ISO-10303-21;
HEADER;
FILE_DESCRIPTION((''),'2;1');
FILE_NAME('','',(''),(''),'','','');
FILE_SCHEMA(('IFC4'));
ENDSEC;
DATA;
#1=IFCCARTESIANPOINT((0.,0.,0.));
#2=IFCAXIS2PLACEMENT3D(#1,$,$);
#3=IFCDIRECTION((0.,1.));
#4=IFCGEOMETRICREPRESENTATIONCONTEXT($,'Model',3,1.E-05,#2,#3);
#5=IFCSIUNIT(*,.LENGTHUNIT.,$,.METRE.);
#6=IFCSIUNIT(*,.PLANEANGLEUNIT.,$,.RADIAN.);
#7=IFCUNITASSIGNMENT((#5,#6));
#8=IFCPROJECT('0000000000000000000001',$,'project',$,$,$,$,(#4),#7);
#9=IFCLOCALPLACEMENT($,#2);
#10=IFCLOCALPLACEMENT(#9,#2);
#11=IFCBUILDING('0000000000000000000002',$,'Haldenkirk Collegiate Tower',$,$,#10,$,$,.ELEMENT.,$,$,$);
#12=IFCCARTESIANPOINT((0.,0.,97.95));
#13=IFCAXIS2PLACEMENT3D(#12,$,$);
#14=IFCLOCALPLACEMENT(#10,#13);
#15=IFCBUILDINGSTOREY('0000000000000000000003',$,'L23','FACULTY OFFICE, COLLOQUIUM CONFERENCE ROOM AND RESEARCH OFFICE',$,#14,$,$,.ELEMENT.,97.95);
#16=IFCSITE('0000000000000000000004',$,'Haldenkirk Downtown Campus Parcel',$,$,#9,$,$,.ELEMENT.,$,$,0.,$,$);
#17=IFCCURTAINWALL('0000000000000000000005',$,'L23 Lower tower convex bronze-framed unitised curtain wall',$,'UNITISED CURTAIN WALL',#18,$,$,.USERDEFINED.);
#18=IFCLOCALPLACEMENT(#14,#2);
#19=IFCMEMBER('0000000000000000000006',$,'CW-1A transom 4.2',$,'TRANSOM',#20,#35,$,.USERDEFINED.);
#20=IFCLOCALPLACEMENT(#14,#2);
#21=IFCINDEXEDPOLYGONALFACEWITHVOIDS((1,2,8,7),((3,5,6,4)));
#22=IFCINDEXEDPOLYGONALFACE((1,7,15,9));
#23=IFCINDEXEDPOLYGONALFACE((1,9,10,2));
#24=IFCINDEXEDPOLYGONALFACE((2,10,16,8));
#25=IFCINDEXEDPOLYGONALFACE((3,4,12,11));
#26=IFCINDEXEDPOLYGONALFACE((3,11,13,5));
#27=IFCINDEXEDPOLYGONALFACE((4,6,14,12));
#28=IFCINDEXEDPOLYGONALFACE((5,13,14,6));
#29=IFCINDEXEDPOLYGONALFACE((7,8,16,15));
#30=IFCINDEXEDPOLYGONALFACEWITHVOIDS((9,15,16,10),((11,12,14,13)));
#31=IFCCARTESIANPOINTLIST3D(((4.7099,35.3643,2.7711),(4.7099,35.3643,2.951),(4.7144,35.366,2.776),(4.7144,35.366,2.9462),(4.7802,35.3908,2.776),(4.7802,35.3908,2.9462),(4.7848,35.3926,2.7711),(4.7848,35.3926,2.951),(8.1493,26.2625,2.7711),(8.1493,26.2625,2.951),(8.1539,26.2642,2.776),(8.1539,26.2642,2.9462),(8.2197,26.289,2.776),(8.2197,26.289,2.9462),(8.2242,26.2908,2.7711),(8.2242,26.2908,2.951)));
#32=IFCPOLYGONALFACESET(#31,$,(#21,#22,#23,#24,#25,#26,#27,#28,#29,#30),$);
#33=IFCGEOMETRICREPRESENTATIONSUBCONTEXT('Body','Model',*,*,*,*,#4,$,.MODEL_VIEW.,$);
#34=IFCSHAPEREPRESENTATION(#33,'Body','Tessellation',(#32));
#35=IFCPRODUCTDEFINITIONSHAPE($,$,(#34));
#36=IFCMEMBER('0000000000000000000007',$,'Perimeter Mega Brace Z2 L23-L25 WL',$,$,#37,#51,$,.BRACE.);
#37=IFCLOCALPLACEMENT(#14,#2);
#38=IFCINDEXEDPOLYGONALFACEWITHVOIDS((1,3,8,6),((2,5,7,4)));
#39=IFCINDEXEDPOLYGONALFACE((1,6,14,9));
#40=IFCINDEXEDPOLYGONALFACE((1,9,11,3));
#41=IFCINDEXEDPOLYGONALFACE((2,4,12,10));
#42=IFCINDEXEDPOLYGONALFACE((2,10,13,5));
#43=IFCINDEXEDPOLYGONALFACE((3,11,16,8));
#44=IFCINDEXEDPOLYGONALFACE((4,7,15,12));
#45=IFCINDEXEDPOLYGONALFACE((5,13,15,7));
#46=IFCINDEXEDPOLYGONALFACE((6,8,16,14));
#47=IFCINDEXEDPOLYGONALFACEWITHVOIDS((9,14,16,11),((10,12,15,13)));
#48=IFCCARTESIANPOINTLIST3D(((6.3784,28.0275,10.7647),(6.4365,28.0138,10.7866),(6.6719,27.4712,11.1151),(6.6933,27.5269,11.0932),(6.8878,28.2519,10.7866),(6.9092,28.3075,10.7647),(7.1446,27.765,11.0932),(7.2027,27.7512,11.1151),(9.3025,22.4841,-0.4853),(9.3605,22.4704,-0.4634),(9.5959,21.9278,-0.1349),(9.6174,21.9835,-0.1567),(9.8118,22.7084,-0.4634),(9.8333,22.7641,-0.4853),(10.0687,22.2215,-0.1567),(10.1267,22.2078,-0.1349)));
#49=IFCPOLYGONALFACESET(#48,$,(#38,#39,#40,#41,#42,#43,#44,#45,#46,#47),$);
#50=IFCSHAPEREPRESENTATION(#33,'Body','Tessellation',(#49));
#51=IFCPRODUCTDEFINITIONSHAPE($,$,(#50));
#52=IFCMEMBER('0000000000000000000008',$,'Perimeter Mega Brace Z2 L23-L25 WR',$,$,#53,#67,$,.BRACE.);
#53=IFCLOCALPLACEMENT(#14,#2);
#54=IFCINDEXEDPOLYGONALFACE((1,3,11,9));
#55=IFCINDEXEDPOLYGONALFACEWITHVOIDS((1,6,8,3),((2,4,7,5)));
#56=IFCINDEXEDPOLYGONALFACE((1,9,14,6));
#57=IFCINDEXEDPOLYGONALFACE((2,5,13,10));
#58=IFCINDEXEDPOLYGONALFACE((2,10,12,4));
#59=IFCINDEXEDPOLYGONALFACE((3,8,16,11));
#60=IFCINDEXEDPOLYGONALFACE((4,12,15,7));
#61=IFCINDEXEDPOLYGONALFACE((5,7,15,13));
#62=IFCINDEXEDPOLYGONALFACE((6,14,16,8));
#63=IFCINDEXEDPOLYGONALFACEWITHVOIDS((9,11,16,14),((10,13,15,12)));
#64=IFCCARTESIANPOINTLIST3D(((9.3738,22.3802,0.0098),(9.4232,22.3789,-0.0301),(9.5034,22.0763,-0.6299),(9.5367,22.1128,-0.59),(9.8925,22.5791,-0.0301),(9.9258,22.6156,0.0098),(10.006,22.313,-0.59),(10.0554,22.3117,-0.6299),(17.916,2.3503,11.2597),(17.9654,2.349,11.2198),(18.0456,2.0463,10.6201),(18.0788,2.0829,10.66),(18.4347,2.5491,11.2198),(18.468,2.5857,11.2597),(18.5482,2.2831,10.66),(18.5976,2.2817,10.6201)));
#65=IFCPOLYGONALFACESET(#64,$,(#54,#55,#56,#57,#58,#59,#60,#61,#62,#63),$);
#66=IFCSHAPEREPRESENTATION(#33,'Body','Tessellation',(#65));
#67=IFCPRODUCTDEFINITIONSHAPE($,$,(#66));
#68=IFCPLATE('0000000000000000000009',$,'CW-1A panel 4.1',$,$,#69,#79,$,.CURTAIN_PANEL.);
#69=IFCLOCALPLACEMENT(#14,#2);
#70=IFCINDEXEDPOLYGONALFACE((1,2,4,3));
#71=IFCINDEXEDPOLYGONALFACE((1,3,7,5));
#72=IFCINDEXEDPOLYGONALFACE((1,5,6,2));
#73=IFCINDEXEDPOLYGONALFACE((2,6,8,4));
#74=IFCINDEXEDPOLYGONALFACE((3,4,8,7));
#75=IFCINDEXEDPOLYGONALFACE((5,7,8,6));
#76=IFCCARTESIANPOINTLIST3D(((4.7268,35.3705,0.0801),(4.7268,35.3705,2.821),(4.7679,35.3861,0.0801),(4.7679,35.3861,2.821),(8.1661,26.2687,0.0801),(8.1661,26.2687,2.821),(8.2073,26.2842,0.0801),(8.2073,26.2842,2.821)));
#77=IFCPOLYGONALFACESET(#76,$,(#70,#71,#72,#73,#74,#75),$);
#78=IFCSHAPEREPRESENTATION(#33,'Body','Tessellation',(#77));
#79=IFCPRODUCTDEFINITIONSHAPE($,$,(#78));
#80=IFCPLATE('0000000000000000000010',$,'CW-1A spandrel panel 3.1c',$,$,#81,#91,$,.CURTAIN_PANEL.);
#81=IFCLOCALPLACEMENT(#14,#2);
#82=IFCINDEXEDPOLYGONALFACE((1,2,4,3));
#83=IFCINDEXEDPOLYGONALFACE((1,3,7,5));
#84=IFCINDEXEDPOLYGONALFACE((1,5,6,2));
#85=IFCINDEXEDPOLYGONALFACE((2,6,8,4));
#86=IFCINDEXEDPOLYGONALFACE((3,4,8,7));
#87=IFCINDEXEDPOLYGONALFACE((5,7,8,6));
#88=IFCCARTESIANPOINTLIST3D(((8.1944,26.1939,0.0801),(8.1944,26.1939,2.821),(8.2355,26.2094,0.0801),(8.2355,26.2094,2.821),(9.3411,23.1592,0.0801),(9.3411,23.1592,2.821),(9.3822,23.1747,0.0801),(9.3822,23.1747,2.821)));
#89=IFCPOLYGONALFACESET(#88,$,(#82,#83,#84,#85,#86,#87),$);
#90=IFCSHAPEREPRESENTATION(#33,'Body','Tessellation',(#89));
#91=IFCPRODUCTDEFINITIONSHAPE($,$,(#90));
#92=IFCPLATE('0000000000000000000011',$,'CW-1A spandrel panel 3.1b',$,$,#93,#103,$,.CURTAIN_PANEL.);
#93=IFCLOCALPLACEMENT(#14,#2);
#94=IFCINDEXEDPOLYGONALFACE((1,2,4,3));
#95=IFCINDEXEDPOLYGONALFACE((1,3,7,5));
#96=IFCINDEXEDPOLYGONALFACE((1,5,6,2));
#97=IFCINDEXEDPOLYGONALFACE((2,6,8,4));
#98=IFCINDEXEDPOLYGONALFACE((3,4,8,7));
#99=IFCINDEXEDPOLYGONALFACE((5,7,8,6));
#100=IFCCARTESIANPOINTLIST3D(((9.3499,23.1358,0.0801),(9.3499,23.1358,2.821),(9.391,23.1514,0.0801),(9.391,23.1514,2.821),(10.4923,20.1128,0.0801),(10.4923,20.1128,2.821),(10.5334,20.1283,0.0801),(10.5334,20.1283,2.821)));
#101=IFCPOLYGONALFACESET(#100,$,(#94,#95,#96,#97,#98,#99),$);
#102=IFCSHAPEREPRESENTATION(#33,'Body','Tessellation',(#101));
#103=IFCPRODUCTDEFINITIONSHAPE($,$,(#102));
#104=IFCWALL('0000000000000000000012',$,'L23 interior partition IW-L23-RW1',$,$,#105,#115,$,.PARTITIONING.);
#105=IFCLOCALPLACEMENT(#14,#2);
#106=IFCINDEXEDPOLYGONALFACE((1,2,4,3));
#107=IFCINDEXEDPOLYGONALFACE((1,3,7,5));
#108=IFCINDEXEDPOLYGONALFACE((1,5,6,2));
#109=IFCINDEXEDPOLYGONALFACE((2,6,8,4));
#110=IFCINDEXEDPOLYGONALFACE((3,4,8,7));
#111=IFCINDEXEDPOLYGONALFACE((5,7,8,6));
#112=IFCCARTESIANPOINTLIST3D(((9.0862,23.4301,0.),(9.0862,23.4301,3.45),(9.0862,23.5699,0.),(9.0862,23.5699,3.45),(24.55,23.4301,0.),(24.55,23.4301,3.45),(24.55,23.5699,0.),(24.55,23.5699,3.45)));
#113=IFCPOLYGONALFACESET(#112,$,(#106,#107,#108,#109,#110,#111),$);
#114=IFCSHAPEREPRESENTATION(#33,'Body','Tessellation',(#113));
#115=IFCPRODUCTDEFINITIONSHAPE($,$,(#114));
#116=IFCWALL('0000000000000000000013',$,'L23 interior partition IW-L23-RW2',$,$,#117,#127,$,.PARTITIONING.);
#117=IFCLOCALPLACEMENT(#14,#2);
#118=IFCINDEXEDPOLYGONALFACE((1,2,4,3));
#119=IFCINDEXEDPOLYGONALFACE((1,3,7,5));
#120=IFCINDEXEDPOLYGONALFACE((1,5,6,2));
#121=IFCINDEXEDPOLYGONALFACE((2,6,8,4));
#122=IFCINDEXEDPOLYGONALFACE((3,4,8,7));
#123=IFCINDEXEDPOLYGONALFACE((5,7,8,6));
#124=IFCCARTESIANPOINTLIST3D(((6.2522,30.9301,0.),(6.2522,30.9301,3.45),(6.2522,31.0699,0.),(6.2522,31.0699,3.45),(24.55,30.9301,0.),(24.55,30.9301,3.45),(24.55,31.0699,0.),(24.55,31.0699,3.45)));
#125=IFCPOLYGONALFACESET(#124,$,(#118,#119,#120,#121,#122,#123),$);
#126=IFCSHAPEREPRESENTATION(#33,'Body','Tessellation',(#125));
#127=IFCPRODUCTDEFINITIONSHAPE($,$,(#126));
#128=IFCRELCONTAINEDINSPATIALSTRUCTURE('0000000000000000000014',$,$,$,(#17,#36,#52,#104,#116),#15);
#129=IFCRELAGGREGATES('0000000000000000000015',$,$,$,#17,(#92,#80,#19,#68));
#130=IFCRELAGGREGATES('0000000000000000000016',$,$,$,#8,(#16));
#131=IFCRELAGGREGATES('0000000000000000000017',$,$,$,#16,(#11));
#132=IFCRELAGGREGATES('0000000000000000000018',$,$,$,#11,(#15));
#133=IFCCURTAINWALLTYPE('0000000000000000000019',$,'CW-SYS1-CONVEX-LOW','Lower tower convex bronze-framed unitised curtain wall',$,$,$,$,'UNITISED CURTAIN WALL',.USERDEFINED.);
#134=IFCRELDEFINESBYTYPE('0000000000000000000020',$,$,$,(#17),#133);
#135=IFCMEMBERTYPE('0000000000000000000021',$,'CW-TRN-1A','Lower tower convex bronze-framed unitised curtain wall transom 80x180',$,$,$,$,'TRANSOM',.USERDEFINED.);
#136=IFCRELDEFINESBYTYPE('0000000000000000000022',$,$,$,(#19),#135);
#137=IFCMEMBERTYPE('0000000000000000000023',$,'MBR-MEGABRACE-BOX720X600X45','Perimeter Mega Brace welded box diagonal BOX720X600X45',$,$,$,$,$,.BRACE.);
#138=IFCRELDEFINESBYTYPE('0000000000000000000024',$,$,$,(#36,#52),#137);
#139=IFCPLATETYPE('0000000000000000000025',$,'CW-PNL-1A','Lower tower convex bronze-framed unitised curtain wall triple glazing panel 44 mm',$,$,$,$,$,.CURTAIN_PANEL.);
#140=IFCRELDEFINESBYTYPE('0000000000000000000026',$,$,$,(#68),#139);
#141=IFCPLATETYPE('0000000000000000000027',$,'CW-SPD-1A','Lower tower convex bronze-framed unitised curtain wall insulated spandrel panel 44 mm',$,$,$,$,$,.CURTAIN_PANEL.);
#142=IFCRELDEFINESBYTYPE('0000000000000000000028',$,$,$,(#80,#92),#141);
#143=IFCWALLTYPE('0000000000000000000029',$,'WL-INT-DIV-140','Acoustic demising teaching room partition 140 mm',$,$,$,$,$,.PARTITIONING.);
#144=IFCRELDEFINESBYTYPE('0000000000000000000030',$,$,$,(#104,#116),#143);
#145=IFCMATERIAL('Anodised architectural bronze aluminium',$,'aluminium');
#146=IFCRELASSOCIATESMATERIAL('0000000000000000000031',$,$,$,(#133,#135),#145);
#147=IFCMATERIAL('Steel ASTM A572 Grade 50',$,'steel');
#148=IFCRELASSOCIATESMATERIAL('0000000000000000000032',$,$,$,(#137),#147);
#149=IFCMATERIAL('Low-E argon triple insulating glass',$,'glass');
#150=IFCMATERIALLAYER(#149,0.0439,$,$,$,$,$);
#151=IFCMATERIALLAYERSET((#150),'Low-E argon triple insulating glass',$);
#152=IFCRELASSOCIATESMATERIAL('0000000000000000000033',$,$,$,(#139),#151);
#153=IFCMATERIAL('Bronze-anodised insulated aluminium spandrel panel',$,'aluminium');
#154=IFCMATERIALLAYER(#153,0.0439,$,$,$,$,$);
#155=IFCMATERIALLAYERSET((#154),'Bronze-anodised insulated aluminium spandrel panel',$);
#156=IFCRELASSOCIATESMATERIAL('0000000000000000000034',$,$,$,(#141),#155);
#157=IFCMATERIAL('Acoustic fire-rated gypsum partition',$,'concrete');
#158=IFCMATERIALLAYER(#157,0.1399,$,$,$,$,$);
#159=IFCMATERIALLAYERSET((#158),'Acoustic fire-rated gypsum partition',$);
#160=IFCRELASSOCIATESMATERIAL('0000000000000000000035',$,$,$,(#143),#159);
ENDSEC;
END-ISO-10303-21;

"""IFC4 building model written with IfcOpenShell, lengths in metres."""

from ifc_helpers import new_model, si_unit, direction, frame, frame_2d, origin, origin_2d, place, context, subcontext, project, spatial, rectangle, hollow_rectangle, extrude, source, transform, mapped, material, layer, layer_set, material_profile, profile_set, type_object, element, aggregate, save


model = new_model("IFC4")

# Units and contexts
model_context = context("Model", 3, precision=1e-05, world=origin(), true_north=direction((0.0, 1.0)))
body_context = subcontext(model_context, "Body", "Model", "MODEL_VIEW")
ifc_project = project(units=[si_unit("LENGTHUNIT", "METRE"), si_unit("PLANEANGLEUNIT", "RADIAN")], contexts=[model_context])

# Site, building, storey
site_placement = place(None, origin())
site = spatial("IfcSite", under=ifc_project, at=site_placement, Name="Haldenkirk Downtown Campus Parcel", CompositionType="ELEMENT", RefElevation=0.0)
building_placement = place(site_placement, origin())
building = spatial("IfcBuilding", under=site, at=building_placement, Name="Haldenkirk Collegiate Tower", CompositionType="ELEMENT")
storey_placement = place(building_placement, frame((0.0, 0.0, 97.95)))
storey = spatial("IfcBuildingStorey", under=building, at=storey_placement, Name="L23", Description="FACULTY OFFICE, COLLOQUIUM CONFERENCE ROOM AND RESEARCH OFFICE", CompositionType="ELEMENT", Elevation=97.95)

# Curtain wall, member
ifc_material_1 = material(Name="Anodised architectural bronze aluminium", Category="aluminium")
curtain_wall_type = type_object("IfcCurtainWallType", Name="CW-SYS1-CONVEX-LOW", Description="Lower tower convex bronze-framed unitised curtain wall", ElementType="UNITISED CURTAIN WALL", PredefinedType="USERDEFINED", material=ifc_material_1)
curtain_wall_placement = place(storey_placement, origin())
curtain_wall = element("IfcCurtainWall", 1, at=curtain_wall_placement, inside=storey, type_object=curtain_wall_type, Name="L23 Lower tower convex bronze-framed unitised curtain wall", ObjectType="UNITISED CURTAIN WALL", PredefinedType="USERDEFINED")
ifc_material_profile_1 = material_profile(ifc_material_1, hollow_rectangle(XDim=0.0801, YDim=0.1799, WallThickness=0.0049, at=origin_2d()), Name="CW-TRN-1A")
ifc_profile_set_1 = profile_set([ifc_material_profile_1], Name="Anodised architectural bronze aluminium")
member_type_1 = type_object("IfcMemberType", Name="CW-TRN-1A", Description="Lower tower convex bronze-framed unitised curtain wall transom 80x180", ElementType="TRANSOM", PredefinedType="USERDEFINED", material=ifc_profile_set_1)
member_1_placement = place(storey_placement, frame((8.1868, 26.2766, 2.8611), z_axis=(-0.35349, 0.935438, 0.0), x_axis=(-0.935438, -0.35349, 0.0)))
member_1 = element("IfcMember", 2, at=member_1_placement, type_object=member_type_1, Name="CW-1A transom 4.2", ObjectType="TRANSOM", PredefinedType="USERDEFINED", context=body_context, shape_type="SweptSolid", body=[
    extrude(hollow_rectangle(XDim=0.0801, YDim=0.1799, WallThickness=0.0049, at=origin_2d()), origin(), (0.0, 0.0, 1.0), 9.73),
])

# Members
ifc_material_2 = material(Name="Steel ASTM A572 Grade 50", Category="steel")
ifc_material_profile_2 = material_profile(ifc_material_2, hollow_rectangle(XDim=0.6001, YDim=0.72, WallThickness=0.0449, at=origin_2d()), Name="BOX720X600X45")
ifc_profile_set_2 = profile_set([ifc_material_profile_2], Name="Steel ASTM A572 Grade 50")
member_type_2 = type_object("IfcMemberType", Name="MBR-MEGABRACE-BOX720X600X45", Description="Perimeter Mega Brace welded box diagonal BOX720X600X45", PredefinedType="BRACE", material=ifc_profile_set_2)
member_2_placement = place(storey_placement, frame((9.7146, 22.3459, -0.3101), z_axis=(-0.22706, 0.43046, 0.873584), x_axis=(-0.884493, -0.466554, 0.0)))
element("IfcMember", 3, at=member_2_placement, inside=storey, type_object=member_type_2, Name="Perimeter Mega Brace Z2 L23-L25 WL", PredefinedType="BRACE", context=body_context, shape_type="SweptSolid", body=[
    extrude(hollow_rectangle(XDim=0.6001, YDim=0.72, WallThickness=0.0449, at=origin_2d()), origin(), (0.0, 0.0, 1.0), 12.8779),
])
member_3_placement = place(storey_placement, frame((9.7146, 22.3459, -0.3101), z_axis=(0.348522, -0.817223, 0.458999), x_axis=(0.919843, 0.392287, 0.0)))
element("IfcMember", 4, at=member_3_placement, inside=storey, type_object=member_type_2, Name="Perimeter Mega Brace Z2 L23-L25 WR", PredefinedType="BRACE", context=body_context, shape_type="SweptSolid", body=[
    extrude(hollow_rectangle(XDim=0.6001, YDim=0.72, WallThickness=0.0449, at=origin_2d()), origin(), (0.0, 0.0, 1.0), 24.5098),
])

# Plates
ifc_material_3 = material(Name="Low-E argon triple insulating glass", Category="glass")
ifc_layer_1 = layer(ifc_material_3, 0.0439)
ifc_layer_set_1 = layer_set([ifc_layer_1], Name="Low-E argon triple insulating glass")
plate_type_1 = type_object("IfcPlateType", Name="CW-PNL-1A", Description="Lower tower convex bronze-framed unitised curtain wall triple glazing panel 44 mm", PredefinedType="CURTAIN_PANEL", material=ifc_layer_set_1)
shared_shape_1 = source(origin(), body_context, "Body", "SweptSolid", [
    extrude(rectangle(XDim=9.73, YDim=0.0439, at=origin_2d()), origin(), (0.0, 0.0, 1.0), 2.741),
])
plate_1_placement = place(storey_placement, frame((6.467, 30.8274, 0.0801), z_axis=(0.0, 0.0, 1.0), x_axis=(-0.353477, 0.935443, 0.0)))
plate_1 = element("IfcPlate", 5, at=plate_1_placement, type_object=plate_type_1, Name="CW-1A panel 4.1", PredefinedType="CURTAIN_PANEL", context=body_context, shape_type="MappedRepresentation", body=[
    mapped(shared_shape_1, transform((0.0, 0.0, 0.0), x_axis=(1.0, 0.0, 0.0), y_axis=(0.0, 1.0, 0.0), z_axis=(0.0, 0.0, 1.0), scale=1.0)),
])
ifc_material_4 = material(Name="Bronze-anodised insulated aluminium spandrel panel", Category="aluminium")
ifc_layer_2 = layer(ifc_material_4, 0.0439)
ifc_layer_set_2 = layer_set([ifc_layer_2], Name="Bronze-anodised insulated aluminium spandrel panel")
plate_type_2 = type_object("IfcPlateType", Name="CW-SPD-1A", Description="Lower tower convex bronze-framed unitised curtain wall insulated spandrel panel 44 mm", PredefinedType="CURTAIN_PANEL", material=ifc_layer_set_2)
shared_shape_2 = source(origin(), body_context, "Body", "SweptSolid", [
    extrude(rectangle(XDim=3.2441, YDim=0.0439, at=origin_2d()), origin(), (0.0, 0.0, 1.0), 2.741),
])
plate_2_placement = place(storey_placement, frame((8.7883, 24.6843, 0.0801), z_axis=(0.0, 0.0, 1.0), x_axis=(-0.353477, 0.935443, 0.0)))
plate_2 = element("IfcPlate", 6, at=plate_2_placement, type_object=plate_type_2, Name="CW-1A spandrel panel 3.1c", PredefinedType="CURTAIN_PANEL", context=body_context, shape_type="MappedRepresentation", body=[
    mapped(shared_shape_2, transform((0.0, 0.0, 0.0), x_axis=(1.0, 0.0, 0.0), y_axis=(0.0, 1.0, 0.0), z_axis=(0.0, 0.0, 1.0), scale=1.0)),
])
shared_shape_3 = source(origin(), body_context, "Body", "SweptSolid", [
    extrude(rectangle(XDim=3.2317, YDim=0.0439, at=origin_2d()), origin(), (0.0, 0.0, 1.0), 2.741),
])
plate_3_placement = place(storey_placement, frame((9.9417, 21.6321, 0.0801), z_axis=(0.0, 0.0, 1.0), x_axis=(-0.353477, 0.935443, 0.0)))
plate_3 = element("IfcPlate", 7, at=plate_3_placement, type_object=plate_type_2, Name="CW-1A spandrel panel 3.1b", PredefinedType="CURTAIN_PANEL", context=body_context, shape_type="MappedRepresentation", body=[
    mapped(shared_shape_3, transform((0.0, 0.0, 0.0), x_axis=(1.0, 0.0, 0.0), y_axis=(0.0, 1.0, 0.0), z_axis=(0.0, 0.0, 1.0), scale=1.0)),
])
aggregate(curtain_wall, [plate_3, plate_2, member_1, plate_1])

# Walls
ifc_material_5 = material(Name="Acoustic fire-rated gypsum partition", Category="concrete")
ifc_layer_3 = layer(ifc_material_5, 0.1399)
ifc_layer_set_3 = layer_set([ifc_layer_3], Name="Acoustic fire-rated gypsum partition")
wall_type_1 = type_object("IfcWallType", Name="WL-INT-DIV-140", Description="Acoustic demising teaching room partition 140 mm", PredefinedType="PARTITIONING", material=ifc_layer_set_3)
wall_1_placement = place(storey_placement, frame((9.0862, 23.5, 0.0), z_axis=(0.0, 0.0, 1.0), x_axis=(1.0, 0.0, 0.0)))
element("IfcWall", 8, at=wall_1_placement, inside=storey, type_object=wall_type_1, Name="L23 interior partition IW-L23-RW1", PredefinedType="PARTITIONING", context=body_context, shape_type="SweptSolid", body=[
    extrude(rectangle(XDim=15.4639, YDim=0.1399, at=frame_2d((7.7319, 0.0))), origin(), (0.0, 0.0, 1.0), 3.45),
])
wall_2_placement = place(storey_placement, frame((6.2522, 31.0, 0.0), z_axis=(0.0, 0.0, 1.0), x_axis=(1.0, 0.0, 0.0)))
element("IfcWall", 9, at=wall_2_placement, inside=storey, type_object=wall_type_1, Name="L23 interior partition IW-L23-RW2", PredefinedType="PARTITIONING", context=body_context, shape_type="SweptSolid", body=[
    extrude(rectangle(XDim=18.2979, YDim=0.1399, at=frame_2d((9.1489, 0.0))), origin(), (0.0, 0.0, 1.0), 3.45),
])

save(model, "model.ifc")
